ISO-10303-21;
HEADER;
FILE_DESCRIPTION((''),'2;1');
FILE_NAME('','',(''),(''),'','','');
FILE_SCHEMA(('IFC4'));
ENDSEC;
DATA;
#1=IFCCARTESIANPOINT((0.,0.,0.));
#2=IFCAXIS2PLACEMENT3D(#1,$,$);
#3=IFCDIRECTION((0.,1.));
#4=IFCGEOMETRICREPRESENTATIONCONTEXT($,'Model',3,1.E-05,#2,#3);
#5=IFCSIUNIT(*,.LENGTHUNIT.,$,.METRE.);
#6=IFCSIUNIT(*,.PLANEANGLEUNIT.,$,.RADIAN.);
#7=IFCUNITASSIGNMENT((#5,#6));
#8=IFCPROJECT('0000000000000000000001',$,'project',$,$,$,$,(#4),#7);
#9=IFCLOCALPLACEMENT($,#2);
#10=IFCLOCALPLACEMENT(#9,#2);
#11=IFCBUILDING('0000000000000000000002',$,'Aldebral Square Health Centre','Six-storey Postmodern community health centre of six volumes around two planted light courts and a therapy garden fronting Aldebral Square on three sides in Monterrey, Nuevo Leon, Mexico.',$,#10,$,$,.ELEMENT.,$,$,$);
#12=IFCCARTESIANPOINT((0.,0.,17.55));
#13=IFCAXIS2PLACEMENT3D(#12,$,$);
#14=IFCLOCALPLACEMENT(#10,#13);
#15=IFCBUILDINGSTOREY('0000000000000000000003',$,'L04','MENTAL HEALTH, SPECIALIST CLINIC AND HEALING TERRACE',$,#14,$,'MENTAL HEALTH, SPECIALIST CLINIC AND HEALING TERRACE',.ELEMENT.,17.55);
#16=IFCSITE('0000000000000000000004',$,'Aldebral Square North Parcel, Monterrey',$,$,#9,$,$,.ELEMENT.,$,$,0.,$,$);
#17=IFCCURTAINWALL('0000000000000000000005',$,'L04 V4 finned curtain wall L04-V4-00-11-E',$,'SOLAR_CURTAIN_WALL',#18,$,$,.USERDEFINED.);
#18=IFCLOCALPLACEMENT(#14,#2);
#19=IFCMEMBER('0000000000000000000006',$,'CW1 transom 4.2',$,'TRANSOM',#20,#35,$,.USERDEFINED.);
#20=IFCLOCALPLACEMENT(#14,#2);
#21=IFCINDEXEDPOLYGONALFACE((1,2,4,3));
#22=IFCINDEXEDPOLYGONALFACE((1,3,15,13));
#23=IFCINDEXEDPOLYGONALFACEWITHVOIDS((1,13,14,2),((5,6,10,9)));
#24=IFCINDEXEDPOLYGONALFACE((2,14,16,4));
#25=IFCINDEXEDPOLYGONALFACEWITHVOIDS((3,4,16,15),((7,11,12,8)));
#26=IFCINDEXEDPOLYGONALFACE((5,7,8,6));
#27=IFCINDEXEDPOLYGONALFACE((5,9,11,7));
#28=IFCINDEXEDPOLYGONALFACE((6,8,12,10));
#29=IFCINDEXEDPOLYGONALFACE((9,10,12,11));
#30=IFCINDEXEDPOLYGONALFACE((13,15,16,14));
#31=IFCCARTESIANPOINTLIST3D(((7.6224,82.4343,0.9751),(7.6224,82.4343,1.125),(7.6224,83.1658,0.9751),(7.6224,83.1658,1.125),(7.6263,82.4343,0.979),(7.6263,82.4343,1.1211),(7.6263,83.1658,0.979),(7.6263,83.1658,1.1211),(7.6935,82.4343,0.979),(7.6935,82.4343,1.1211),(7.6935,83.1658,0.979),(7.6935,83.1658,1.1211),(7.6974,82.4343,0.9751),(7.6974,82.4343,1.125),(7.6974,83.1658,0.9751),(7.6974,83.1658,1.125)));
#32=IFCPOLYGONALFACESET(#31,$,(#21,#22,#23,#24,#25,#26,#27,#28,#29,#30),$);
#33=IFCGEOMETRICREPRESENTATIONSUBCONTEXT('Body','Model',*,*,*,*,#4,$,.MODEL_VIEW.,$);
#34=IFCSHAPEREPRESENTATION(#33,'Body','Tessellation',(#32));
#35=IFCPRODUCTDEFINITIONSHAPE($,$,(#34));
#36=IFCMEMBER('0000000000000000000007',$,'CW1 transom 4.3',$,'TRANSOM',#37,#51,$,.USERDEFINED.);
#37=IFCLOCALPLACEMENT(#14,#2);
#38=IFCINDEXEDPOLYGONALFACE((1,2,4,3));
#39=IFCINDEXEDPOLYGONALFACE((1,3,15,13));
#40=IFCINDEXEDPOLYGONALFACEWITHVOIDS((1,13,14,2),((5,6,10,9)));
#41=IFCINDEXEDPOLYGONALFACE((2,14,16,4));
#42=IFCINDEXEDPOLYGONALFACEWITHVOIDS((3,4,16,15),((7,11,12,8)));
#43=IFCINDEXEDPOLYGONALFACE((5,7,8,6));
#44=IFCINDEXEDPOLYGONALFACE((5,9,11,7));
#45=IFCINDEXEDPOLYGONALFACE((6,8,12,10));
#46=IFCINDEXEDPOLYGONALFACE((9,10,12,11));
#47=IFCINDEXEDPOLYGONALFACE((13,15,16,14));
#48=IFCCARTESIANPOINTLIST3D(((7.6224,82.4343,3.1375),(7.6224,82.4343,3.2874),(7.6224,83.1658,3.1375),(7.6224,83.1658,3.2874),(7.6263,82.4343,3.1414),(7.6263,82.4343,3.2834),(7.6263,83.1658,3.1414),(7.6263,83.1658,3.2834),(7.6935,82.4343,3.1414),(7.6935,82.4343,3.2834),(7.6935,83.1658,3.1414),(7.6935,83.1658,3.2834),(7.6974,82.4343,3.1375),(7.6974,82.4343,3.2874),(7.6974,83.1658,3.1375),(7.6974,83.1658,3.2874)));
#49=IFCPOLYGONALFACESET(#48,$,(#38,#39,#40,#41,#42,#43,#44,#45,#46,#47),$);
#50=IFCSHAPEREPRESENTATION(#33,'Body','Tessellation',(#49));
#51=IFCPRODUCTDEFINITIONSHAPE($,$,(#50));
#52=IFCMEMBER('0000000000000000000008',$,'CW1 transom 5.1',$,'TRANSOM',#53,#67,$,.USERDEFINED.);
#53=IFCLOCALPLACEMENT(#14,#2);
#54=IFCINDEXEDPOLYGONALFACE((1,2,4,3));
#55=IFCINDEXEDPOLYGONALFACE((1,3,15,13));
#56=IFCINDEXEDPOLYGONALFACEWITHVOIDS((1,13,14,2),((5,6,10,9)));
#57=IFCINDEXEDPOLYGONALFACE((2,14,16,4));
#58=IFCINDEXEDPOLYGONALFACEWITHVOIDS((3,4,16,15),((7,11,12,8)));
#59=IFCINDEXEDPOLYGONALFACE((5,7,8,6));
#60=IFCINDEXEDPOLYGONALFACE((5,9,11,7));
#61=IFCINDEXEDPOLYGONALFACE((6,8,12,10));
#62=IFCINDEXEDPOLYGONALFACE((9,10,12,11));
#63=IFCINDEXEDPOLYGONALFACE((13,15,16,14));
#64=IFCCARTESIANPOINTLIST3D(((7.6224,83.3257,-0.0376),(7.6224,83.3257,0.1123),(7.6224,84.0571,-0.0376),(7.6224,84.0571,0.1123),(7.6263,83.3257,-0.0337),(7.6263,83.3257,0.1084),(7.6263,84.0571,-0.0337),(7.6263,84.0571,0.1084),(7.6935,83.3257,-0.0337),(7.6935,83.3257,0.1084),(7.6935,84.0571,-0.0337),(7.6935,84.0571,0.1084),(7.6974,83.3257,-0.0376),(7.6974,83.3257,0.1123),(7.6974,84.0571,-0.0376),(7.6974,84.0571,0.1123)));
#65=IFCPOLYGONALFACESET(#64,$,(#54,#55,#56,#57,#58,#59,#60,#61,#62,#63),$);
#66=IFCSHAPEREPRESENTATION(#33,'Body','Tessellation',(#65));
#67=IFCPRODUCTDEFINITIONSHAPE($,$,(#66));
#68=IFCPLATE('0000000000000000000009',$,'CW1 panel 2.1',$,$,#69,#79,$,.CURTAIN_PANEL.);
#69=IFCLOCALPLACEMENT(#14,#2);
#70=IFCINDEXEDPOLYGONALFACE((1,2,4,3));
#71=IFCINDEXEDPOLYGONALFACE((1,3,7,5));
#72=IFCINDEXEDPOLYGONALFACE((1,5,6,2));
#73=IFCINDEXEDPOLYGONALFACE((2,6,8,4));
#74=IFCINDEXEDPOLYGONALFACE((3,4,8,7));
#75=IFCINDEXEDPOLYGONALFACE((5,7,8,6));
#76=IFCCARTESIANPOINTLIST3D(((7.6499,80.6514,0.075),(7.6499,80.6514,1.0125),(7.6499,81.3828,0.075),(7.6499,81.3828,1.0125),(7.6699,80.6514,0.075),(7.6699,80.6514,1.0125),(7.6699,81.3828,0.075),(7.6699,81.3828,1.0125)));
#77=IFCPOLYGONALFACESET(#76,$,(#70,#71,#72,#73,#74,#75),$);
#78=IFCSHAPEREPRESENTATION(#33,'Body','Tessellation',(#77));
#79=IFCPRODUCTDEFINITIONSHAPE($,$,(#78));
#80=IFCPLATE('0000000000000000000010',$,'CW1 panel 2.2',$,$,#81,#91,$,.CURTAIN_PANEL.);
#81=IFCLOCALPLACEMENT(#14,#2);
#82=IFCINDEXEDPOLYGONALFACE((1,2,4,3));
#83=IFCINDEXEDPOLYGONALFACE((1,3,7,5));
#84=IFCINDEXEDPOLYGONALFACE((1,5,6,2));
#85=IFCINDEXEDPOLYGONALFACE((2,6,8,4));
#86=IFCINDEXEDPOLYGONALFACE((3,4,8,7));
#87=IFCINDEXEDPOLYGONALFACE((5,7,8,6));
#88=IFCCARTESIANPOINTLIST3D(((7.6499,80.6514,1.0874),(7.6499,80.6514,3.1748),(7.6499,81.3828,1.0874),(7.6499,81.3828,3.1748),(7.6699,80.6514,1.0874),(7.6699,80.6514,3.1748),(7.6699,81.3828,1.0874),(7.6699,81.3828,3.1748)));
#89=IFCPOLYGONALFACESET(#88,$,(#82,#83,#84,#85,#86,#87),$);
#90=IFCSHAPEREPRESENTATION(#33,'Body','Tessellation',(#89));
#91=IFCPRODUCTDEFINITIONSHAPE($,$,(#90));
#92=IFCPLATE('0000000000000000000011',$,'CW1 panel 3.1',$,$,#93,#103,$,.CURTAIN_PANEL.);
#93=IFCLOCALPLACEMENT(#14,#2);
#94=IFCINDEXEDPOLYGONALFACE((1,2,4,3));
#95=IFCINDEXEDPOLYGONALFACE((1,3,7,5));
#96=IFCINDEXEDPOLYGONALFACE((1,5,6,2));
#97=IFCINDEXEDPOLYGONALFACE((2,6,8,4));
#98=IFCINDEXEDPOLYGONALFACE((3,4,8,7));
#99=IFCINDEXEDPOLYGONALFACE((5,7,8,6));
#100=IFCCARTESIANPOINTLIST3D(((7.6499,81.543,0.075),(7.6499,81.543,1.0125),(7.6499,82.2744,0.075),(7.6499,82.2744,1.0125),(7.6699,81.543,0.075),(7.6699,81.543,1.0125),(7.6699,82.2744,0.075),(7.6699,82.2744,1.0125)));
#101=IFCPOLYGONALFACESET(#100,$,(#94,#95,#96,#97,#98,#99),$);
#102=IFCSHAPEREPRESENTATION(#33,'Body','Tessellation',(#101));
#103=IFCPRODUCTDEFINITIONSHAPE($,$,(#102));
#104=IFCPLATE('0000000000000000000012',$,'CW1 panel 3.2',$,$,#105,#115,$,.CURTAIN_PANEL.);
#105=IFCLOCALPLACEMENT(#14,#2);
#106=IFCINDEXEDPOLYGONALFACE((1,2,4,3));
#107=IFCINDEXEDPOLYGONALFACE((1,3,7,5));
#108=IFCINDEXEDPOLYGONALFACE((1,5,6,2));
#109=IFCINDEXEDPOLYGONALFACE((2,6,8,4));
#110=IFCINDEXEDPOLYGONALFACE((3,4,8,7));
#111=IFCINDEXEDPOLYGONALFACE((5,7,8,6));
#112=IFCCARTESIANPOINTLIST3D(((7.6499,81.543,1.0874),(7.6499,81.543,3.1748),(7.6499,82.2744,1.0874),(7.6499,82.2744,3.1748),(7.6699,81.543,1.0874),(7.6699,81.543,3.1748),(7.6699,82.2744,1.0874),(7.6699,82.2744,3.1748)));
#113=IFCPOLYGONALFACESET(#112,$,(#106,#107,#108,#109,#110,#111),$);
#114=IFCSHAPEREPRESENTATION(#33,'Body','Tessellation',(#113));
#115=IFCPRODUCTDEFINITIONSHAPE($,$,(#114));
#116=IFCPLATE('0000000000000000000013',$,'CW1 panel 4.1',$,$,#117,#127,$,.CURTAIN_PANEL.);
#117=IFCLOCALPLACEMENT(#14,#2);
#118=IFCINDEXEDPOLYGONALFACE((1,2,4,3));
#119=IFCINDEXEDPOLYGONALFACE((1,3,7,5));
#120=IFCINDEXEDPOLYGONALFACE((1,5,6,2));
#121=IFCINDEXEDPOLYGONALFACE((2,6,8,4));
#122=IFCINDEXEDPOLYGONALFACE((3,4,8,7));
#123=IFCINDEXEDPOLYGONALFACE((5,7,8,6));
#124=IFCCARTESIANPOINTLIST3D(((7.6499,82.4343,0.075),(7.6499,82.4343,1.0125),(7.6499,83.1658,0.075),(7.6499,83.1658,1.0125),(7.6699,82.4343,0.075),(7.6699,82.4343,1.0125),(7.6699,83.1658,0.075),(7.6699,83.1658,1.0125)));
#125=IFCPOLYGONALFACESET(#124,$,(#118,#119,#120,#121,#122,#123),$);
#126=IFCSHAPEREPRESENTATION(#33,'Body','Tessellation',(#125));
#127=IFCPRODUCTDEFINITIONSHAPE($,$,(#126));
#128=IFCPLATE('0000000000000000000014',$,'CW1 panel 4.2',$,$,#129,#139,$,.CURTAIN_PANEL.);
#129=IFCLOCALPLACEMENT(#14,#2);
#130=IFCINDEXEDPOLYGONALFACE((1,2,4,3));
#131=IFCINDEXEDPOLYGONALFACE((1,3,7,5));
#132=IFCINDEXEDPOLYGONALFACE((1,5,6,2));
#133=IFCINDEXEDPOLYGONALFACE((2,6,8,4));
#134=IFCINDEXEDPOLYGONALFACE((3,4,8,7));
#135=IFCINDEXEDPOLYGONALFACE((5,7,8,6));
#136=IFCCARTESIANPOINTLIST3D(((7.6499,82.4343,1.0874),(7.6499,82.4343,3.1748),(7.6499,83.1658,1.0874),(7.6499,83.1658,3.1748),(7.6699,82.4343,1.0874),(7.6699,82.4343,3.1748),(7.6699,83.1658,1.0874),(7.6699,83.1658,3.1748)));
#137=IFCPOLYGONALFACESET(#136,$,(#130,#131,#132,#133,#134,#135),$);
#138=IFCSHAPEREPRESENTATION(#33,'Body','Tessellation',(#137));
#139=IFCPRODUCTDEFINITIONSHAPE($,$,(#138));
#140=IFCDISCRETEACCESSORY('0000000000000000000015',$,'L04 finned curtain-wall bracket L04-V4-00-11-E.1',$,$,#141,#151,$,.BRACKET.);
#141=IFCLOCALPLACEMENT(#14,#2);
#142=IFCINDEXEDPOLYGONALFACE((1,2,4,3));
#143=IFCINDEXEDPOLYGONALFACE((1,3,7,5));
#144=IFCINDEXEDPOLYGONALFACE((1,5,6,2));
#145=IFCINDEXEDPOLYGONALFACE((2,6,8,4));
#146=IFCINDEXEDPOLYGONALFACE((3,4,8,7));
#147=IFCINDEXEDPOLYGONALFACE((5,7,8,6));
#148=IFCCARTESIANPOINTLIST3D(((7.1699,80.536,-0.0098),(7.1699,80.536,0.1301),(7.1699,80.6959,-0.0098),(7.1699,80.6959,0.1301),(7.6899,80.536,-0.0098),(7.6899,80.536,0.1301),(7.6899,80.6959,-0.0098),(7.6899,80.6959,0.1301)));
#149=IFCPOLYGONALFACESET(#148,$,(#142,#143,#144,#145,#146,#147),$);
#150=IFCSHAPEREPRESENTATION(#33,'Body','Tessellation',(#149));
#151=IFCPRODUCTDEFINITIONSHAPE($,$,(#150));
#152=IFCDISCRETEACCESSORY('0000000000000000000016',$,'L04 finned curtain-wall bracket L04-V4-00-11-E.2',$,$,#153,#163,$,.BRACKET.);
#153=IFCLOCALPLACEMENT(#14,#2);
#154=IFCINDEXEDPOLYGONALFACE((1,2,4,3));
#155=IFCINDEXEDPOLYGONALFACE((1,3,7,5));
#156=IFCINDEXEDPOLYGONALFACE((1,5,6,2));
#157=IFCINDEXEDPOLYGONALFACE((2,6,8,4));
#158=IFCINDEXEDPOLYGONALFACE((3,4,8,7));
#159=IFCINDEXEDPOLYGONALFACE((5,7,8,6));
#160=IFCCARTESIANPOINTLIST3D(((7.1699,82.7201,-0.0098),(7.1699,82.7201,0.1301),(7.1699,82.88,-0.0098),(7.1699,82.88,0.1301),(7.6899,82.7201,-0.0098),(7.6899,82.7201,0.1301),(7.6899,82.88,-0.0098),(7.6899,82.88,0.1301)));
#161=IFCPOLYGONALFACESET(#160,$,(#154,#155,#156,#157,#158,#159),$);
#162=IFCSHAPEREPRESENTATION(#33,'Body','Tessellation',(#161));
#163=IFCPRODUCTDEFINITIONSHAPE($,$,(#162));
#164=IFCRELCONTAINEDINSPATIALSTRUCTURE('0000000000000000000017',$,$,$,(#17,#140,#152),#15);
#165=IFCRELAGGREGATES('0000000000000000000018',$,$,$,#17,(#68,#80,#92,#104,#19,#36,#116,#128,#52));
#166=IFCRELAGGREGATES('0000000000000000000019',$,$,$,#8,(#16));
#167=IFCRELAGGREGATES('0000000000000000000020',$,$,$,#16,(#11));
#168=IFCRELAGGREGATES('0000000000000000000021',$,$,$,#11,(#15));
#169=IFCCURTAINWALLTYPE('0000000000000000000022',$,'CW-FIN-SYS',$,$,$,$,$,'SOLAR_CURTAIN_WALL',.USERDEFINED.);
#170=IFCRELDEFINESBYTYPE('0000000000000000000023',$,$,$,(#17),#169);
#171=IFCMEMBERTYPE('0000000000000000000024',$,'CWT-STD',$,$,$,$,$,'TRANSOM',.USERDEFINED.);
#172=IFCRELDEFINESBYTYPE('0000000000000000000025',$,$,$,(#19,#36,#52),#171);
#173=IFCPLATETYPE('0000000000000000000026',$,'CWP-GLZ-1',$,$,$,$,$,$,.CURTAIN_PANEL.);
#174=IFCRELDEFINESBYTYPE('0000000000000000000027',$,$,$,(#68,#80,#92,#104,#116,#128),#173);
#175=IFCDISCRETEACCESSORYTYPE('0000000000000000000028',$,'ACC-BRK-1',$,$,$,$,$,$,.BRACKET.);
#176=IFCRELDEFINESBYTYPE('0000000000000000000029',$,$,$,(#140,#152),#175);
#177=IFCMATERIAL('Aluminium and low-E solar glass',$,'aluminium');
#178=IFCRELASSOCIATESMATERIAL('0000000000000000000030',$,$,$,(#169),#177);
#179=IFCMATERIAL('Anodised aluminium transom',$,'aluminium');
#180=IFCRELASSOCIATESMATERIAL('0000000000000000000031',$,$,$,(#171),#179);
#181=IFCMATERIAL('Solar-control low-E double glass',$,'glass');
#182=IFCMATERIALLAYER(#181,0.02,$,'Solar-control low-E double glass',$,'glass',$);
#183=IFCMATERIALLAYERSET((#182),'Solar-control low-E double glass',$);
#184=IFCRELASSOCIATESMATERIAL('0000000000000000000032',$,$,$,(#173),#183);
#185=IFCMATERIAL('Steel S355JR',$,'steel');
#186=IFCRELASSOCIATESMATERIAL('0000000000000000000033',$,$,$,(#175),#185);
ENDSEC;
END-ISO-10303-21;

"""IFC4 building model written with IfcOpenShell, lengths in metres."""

from ifc_helpers import new_model, si_unit, direction, frame, origin, origin_2d, place, context, subcontext, project, spatial, rectangle, hollow_rectangle, extrude, material, layer, layer_set, material_profile, profile_set, type_object, element, aggregate, save


model = new_model("IFC4")

# Units and contexts
model_context = context("Model", 3, precision=1e-05, world=origin(), true_north=direction((0.0, 1.0)))
body_context = subcontext(model_context, "Body", "Model", "MODEL_VIEW")
ifc_project = project(units=[si_unit("LENGTHUNIT", "METRE"), si_unit("PLANEANGLEUNIT", "RADIAN")], contexts=[model_context])

# Site, building, storey
site_placement = place(None, origin())
site = spatial("IfcSite", under=ifc_project, at=site_placement, Name="Aldebral Square North Parcel, Monterrey", CompositionType="ELEMENT", RefElevation=0.0)
building_placement = place(site_placement, origin())
building = spatial("IfcBuilding", under=site, at=building_placement, Name="Aldebral Square Health Centre", Description="Six-storey Postmodern community health centre of six volumes around two planted light courts and a therapy garden fronting Aldebral Square on three sides in Monterrey, Nuevo Leon, Mexico.", CompositionType="ELEMENT")
storey_placement = place(building_placement, frame((0.0, 0.0, 17.55)))
storey = spatial("IfcBuildingStorey", under=building, at=storey_placement, Name="L04", Description="MENTAL HEALTH, SPECIALIST CLINIC AND HEALING TERRACE", LongName="MENTAL HEALTH, SPECIALIST CLINIC AND HEALING TERRACE", CompositionType="ELEMENT", Elevation=17.55)

# Curtain wall, members, plates
ifc_material_1 = material(Name="Aluminium and low-E solar glass", Category="aluminium")
curtain_wall_type = type_object("IfcCurtainWallType", Name="CW-FIN-SYS", ElementType="SOLAR_CURTAIN_WALL", PredefinedType="USERDEFINED", material=ifc_material_1)
curtain_wall_placement = place(storey_placement, origin())
curtain_wall = element("IfcCurtainWall", 1, at=curtain_wall_placement, inside=storey, type_object=curtain_wall_type, Name="L04 V4 finned curtain wall L04-V4-00-11-E", ObjectType="SOLAR_CURTAIN_WALL", PredefinedType="USERDEFINED")
ifc_material_2 = material(Name="Anodised aluminium transom", Category="aluminium")
ifc_material_profile_1 = material_profile(ifc_material_2, hollow_rectangle(XDim=0.075, YDim=0.1499, WallThickness=0.0039, at=origin_2d()), Name="CWT 75x150x4")
ifc_profile_set_1 = profile_set([ifc_material_profile_1], Name="Anodised aluminium transom")
member_type_1 = type_object("IfcMemberType", Name="CWT-STD", ElementType="TRANSOM", PredefinedType="USERDEFINED", material=ifc_profile_set_1)
member_1_placement = place(storey_placement, frame((7.6599, 82.4343, 1.05), z_axis=(0.0, 1.0, 0.0), x_axis=(-1.0, 0.0, 0.0)))
member_1 = element("IfcMember", 2, at=member_1_placement, type_object=member_type_1, Name="CW1 transom 4.2", ObjectType="TRANSOM", PredefinedType="USERDEFINED", context=body_context, shape_type="SweptSolid", body=[
    extrude(hollow_rectangle(XDim=0.075, YDim=0.1499, WallThickness=0.0039, at=origin_2d()), origin(), (0.0, 0.0, 1.0), 0.7314),
])
member_2_placement = place(storey_placement, frame((7.6599, 82.4343, 3.2124), z_axis=(0.0, 1.0, 0.0), x_axis=(-1.0, 0.0, 0.0)))
member_2 = element("IfcMember", 3, at=member_2_placement, type_object=member_type_1, Name="CW1 transom 4.3", ObjectType="TRANSOM", PredefinedType="USERDEFINED", context=body_context, shape_type="SweptSolid", body=[
    extrude(hollow_rectangle(XDim=0.075, YDim=0.1499, WallThickness=0.0039, at=origin_2d()), origin(), (0.0, 0.0, 1.0), 0.7314),
])
member_3_placement = place(storey_placement, frame((7.6599, 83.3257, 0.0374), z_axis=(0.0, 1.0, 0.0), x_axis=(-1.0, 0.0, 0.0)))
member_3 = element("IfcMember", 4, at=member_3_placement, type_object=member_type_1, Name="CW1 transom 5.1", ObjectType="TRANSOM", PredefinedType="USERDEFINED", context=body_context, shape_type="SweptSolid", body=[
    extrude(hollow_rectangle(XDim=0.075, YDim=0.1499, WallThickness=0.0039, at=origin_2d()), origin(), (0.0, 0.0, 1.0), 0.7314),
])
ifc_material_3 = material(Name="Solar-control low-E double glass", Category="glass")
ifc_layer = layer(ifc_material_3, 0.02, Name="Solar-control low-E double glass", Category="glass")
ifc_layer_set = layer_set([ifc_layer], Name="Solar-control low-E double glass")
plate_type = type_object("IfcPlateType", Name="CWP-GLZ-1", PredefinedType="CURTAIN_PANEL", material=ifc_layer_set)
plate_1_placement = place(storey_placement, frame((7.6599, 81.0171, 0.075), z_axis=(0.0, 0.0, 1.0), x_axis=(0.0, 1.0, 0.0)))
plate_1 = element("IfcPlate", 5, at=plate_1_placement, type_object=plate_type, Name="CW1 panel 2.1", PredefinedType="CURTAIN_PANEL", context=body_context, shape_type="SweptSolid", body=[
    extrude(rectangle(XDim=0.7314, YDim=0.02, at=origin_2d()), origin(), (0.0, 0.0, 1.0), 0.9375),
])
plate_2_placement = place(storey_placement, frame((7.6599, 81.0171, 1.0874), z_axis=(0.0, 0.0, 1.0), x_axis=(0.0, 1.0, 0.0)))
plate_2 = element("IfcPlate", 6, at=plate_2_placement, type_object=plate_type, Name="CW1 panel 2.2", PredefinedType="CURTAIN_PANEL", context=body_context, shape_type="SweptSolid", body=[
    extrude(rectangle(XDim=0.7314, YDim=0.02, at=origin_2d()), origin(), (0.0, 0.0, 1.0), 2.0874),
])
plate_3_placement = place(storey_placement, frame((7.6599, 81.9087, 0.075), z_axis=(0.0, 0.0, 1.0), x_axis=(0.0, 1.0, 0.0)))
plate_3 = element("IfcPlate", 7, at=plate_3_placement, type_object=plate_type, Name="CW1 panel 3.1", PredefinedType="CURTAIN_PANEL", context=body_context, shape_type="SweptSolid", body=[
    extrude(rectangle(XDim=0.7314, YDim=0.02, at=origin_2d()), origin(), (0.0, 0.0, 1.0), 0.9375),
])
plate_4_placement = place(storey_placement, frame((7.6599, 81.9087, 1.0874), z_axis=(0.0, 0.0, 1.0), x_axis=(0.0, 1.0, 0.0)))
plate_4 = element("IfcPlate", 8, at=plate_4_placement, type_object=plate_type, Name="CW1 panel 3.2", PredefinedType="CURTAIN_PANEL", context=body_context, shape_type="SweptSolid", body=[
    extrude(rectangle(XDim=0.7314, YDim=0.02, at=origin_2d()), origin(), (0.0, 0.0, 1.0), 2.0874),
])
plate_5_placement = place(storey_placement, frame((7.6599, 82.8, 0.075), z_axis=(0.0, 0.0, 1.0), x_axis=(0.0, 1.0, 0.0)))
plate_5 = element("IfcPlate", 9, at=plate_5_placement, type_object=plate_type, Name="CW1 panel 4.1", PredefinedType="CURTAIN_PANEL", context=body_context, shape_type="SweptSolid", body=[
    extrude(rectangle(XDim=0.7314, YDim=0.02, at=origin_2d()), origin(), (0.0, 0.0, 1.0), 0.9375),
])
plate_6_placement = place(storey_placement, frame((7.6599, 82.8, 1.0874), z_axis=(0.0, 0.0, 1.0), x_axis=(0.0, 1.0, 0.0)))
plate_6 = element("IfcPlate", 10, at=plate_6_placement, type_object=plate_type, Name="CW1 panel 4.2", PredefinedType="CURTAIN_PANEL", context=body_context, shape_type="SweptSolid", body=[
    extrude(rectangle(XDim=0.7314, YDim=0.02, at=origin_2d()), origin(), (0.0, 0.0, 1.0), 2.0874),
])
aggregate(curtain_wall, [plate_1, plate_2, plate_3, plate_4, member_1, member_2, plate_5, plate_6, member_3])

# Discrete accessories
ifc_material_4 = material(Name="Steel S355JR", Category="steel")
discrete_accessory_type = type_object("IfcDiscreteAccessoryType", Name="ACC-BRK-1", PredefinedType="BRACKET", material=ifc_material_4)
for number, where, z_axis, x_axis, name in (
    (11, (7.4299, 80.616, -0.0098), (0.0, 0.0, 1.0), (0.0, 1.0, 0.0), "L04 finned curtain-wall bracket L04-V4-00-11-E.1"),
    (12, (7.4299, 82.8, -0.0098), (0.0, 0.0, 1.0), (0.0, 1.0, 0.0), "L04 finned curtain-wall bracket L04-V4-00-11-E.2"),
):
    element("IfcDiscreteAccessory", number, at=place(storey_placement, frame(where, z_axis=z_axis, x_axis=x_axis)), inside=storey, type_object=discrete_accessory_type, Name=name, PredefinedType="BRACKET", context=body_context, shape_type="SweptSolid", body=[
        extrude(rectangle(XDim=0.1599, YDim=0.52, at=origin_2d()), origin(), (0.0, 0.0, 1.0), 0.1399),
    ])

save(model, "model.ifc")
